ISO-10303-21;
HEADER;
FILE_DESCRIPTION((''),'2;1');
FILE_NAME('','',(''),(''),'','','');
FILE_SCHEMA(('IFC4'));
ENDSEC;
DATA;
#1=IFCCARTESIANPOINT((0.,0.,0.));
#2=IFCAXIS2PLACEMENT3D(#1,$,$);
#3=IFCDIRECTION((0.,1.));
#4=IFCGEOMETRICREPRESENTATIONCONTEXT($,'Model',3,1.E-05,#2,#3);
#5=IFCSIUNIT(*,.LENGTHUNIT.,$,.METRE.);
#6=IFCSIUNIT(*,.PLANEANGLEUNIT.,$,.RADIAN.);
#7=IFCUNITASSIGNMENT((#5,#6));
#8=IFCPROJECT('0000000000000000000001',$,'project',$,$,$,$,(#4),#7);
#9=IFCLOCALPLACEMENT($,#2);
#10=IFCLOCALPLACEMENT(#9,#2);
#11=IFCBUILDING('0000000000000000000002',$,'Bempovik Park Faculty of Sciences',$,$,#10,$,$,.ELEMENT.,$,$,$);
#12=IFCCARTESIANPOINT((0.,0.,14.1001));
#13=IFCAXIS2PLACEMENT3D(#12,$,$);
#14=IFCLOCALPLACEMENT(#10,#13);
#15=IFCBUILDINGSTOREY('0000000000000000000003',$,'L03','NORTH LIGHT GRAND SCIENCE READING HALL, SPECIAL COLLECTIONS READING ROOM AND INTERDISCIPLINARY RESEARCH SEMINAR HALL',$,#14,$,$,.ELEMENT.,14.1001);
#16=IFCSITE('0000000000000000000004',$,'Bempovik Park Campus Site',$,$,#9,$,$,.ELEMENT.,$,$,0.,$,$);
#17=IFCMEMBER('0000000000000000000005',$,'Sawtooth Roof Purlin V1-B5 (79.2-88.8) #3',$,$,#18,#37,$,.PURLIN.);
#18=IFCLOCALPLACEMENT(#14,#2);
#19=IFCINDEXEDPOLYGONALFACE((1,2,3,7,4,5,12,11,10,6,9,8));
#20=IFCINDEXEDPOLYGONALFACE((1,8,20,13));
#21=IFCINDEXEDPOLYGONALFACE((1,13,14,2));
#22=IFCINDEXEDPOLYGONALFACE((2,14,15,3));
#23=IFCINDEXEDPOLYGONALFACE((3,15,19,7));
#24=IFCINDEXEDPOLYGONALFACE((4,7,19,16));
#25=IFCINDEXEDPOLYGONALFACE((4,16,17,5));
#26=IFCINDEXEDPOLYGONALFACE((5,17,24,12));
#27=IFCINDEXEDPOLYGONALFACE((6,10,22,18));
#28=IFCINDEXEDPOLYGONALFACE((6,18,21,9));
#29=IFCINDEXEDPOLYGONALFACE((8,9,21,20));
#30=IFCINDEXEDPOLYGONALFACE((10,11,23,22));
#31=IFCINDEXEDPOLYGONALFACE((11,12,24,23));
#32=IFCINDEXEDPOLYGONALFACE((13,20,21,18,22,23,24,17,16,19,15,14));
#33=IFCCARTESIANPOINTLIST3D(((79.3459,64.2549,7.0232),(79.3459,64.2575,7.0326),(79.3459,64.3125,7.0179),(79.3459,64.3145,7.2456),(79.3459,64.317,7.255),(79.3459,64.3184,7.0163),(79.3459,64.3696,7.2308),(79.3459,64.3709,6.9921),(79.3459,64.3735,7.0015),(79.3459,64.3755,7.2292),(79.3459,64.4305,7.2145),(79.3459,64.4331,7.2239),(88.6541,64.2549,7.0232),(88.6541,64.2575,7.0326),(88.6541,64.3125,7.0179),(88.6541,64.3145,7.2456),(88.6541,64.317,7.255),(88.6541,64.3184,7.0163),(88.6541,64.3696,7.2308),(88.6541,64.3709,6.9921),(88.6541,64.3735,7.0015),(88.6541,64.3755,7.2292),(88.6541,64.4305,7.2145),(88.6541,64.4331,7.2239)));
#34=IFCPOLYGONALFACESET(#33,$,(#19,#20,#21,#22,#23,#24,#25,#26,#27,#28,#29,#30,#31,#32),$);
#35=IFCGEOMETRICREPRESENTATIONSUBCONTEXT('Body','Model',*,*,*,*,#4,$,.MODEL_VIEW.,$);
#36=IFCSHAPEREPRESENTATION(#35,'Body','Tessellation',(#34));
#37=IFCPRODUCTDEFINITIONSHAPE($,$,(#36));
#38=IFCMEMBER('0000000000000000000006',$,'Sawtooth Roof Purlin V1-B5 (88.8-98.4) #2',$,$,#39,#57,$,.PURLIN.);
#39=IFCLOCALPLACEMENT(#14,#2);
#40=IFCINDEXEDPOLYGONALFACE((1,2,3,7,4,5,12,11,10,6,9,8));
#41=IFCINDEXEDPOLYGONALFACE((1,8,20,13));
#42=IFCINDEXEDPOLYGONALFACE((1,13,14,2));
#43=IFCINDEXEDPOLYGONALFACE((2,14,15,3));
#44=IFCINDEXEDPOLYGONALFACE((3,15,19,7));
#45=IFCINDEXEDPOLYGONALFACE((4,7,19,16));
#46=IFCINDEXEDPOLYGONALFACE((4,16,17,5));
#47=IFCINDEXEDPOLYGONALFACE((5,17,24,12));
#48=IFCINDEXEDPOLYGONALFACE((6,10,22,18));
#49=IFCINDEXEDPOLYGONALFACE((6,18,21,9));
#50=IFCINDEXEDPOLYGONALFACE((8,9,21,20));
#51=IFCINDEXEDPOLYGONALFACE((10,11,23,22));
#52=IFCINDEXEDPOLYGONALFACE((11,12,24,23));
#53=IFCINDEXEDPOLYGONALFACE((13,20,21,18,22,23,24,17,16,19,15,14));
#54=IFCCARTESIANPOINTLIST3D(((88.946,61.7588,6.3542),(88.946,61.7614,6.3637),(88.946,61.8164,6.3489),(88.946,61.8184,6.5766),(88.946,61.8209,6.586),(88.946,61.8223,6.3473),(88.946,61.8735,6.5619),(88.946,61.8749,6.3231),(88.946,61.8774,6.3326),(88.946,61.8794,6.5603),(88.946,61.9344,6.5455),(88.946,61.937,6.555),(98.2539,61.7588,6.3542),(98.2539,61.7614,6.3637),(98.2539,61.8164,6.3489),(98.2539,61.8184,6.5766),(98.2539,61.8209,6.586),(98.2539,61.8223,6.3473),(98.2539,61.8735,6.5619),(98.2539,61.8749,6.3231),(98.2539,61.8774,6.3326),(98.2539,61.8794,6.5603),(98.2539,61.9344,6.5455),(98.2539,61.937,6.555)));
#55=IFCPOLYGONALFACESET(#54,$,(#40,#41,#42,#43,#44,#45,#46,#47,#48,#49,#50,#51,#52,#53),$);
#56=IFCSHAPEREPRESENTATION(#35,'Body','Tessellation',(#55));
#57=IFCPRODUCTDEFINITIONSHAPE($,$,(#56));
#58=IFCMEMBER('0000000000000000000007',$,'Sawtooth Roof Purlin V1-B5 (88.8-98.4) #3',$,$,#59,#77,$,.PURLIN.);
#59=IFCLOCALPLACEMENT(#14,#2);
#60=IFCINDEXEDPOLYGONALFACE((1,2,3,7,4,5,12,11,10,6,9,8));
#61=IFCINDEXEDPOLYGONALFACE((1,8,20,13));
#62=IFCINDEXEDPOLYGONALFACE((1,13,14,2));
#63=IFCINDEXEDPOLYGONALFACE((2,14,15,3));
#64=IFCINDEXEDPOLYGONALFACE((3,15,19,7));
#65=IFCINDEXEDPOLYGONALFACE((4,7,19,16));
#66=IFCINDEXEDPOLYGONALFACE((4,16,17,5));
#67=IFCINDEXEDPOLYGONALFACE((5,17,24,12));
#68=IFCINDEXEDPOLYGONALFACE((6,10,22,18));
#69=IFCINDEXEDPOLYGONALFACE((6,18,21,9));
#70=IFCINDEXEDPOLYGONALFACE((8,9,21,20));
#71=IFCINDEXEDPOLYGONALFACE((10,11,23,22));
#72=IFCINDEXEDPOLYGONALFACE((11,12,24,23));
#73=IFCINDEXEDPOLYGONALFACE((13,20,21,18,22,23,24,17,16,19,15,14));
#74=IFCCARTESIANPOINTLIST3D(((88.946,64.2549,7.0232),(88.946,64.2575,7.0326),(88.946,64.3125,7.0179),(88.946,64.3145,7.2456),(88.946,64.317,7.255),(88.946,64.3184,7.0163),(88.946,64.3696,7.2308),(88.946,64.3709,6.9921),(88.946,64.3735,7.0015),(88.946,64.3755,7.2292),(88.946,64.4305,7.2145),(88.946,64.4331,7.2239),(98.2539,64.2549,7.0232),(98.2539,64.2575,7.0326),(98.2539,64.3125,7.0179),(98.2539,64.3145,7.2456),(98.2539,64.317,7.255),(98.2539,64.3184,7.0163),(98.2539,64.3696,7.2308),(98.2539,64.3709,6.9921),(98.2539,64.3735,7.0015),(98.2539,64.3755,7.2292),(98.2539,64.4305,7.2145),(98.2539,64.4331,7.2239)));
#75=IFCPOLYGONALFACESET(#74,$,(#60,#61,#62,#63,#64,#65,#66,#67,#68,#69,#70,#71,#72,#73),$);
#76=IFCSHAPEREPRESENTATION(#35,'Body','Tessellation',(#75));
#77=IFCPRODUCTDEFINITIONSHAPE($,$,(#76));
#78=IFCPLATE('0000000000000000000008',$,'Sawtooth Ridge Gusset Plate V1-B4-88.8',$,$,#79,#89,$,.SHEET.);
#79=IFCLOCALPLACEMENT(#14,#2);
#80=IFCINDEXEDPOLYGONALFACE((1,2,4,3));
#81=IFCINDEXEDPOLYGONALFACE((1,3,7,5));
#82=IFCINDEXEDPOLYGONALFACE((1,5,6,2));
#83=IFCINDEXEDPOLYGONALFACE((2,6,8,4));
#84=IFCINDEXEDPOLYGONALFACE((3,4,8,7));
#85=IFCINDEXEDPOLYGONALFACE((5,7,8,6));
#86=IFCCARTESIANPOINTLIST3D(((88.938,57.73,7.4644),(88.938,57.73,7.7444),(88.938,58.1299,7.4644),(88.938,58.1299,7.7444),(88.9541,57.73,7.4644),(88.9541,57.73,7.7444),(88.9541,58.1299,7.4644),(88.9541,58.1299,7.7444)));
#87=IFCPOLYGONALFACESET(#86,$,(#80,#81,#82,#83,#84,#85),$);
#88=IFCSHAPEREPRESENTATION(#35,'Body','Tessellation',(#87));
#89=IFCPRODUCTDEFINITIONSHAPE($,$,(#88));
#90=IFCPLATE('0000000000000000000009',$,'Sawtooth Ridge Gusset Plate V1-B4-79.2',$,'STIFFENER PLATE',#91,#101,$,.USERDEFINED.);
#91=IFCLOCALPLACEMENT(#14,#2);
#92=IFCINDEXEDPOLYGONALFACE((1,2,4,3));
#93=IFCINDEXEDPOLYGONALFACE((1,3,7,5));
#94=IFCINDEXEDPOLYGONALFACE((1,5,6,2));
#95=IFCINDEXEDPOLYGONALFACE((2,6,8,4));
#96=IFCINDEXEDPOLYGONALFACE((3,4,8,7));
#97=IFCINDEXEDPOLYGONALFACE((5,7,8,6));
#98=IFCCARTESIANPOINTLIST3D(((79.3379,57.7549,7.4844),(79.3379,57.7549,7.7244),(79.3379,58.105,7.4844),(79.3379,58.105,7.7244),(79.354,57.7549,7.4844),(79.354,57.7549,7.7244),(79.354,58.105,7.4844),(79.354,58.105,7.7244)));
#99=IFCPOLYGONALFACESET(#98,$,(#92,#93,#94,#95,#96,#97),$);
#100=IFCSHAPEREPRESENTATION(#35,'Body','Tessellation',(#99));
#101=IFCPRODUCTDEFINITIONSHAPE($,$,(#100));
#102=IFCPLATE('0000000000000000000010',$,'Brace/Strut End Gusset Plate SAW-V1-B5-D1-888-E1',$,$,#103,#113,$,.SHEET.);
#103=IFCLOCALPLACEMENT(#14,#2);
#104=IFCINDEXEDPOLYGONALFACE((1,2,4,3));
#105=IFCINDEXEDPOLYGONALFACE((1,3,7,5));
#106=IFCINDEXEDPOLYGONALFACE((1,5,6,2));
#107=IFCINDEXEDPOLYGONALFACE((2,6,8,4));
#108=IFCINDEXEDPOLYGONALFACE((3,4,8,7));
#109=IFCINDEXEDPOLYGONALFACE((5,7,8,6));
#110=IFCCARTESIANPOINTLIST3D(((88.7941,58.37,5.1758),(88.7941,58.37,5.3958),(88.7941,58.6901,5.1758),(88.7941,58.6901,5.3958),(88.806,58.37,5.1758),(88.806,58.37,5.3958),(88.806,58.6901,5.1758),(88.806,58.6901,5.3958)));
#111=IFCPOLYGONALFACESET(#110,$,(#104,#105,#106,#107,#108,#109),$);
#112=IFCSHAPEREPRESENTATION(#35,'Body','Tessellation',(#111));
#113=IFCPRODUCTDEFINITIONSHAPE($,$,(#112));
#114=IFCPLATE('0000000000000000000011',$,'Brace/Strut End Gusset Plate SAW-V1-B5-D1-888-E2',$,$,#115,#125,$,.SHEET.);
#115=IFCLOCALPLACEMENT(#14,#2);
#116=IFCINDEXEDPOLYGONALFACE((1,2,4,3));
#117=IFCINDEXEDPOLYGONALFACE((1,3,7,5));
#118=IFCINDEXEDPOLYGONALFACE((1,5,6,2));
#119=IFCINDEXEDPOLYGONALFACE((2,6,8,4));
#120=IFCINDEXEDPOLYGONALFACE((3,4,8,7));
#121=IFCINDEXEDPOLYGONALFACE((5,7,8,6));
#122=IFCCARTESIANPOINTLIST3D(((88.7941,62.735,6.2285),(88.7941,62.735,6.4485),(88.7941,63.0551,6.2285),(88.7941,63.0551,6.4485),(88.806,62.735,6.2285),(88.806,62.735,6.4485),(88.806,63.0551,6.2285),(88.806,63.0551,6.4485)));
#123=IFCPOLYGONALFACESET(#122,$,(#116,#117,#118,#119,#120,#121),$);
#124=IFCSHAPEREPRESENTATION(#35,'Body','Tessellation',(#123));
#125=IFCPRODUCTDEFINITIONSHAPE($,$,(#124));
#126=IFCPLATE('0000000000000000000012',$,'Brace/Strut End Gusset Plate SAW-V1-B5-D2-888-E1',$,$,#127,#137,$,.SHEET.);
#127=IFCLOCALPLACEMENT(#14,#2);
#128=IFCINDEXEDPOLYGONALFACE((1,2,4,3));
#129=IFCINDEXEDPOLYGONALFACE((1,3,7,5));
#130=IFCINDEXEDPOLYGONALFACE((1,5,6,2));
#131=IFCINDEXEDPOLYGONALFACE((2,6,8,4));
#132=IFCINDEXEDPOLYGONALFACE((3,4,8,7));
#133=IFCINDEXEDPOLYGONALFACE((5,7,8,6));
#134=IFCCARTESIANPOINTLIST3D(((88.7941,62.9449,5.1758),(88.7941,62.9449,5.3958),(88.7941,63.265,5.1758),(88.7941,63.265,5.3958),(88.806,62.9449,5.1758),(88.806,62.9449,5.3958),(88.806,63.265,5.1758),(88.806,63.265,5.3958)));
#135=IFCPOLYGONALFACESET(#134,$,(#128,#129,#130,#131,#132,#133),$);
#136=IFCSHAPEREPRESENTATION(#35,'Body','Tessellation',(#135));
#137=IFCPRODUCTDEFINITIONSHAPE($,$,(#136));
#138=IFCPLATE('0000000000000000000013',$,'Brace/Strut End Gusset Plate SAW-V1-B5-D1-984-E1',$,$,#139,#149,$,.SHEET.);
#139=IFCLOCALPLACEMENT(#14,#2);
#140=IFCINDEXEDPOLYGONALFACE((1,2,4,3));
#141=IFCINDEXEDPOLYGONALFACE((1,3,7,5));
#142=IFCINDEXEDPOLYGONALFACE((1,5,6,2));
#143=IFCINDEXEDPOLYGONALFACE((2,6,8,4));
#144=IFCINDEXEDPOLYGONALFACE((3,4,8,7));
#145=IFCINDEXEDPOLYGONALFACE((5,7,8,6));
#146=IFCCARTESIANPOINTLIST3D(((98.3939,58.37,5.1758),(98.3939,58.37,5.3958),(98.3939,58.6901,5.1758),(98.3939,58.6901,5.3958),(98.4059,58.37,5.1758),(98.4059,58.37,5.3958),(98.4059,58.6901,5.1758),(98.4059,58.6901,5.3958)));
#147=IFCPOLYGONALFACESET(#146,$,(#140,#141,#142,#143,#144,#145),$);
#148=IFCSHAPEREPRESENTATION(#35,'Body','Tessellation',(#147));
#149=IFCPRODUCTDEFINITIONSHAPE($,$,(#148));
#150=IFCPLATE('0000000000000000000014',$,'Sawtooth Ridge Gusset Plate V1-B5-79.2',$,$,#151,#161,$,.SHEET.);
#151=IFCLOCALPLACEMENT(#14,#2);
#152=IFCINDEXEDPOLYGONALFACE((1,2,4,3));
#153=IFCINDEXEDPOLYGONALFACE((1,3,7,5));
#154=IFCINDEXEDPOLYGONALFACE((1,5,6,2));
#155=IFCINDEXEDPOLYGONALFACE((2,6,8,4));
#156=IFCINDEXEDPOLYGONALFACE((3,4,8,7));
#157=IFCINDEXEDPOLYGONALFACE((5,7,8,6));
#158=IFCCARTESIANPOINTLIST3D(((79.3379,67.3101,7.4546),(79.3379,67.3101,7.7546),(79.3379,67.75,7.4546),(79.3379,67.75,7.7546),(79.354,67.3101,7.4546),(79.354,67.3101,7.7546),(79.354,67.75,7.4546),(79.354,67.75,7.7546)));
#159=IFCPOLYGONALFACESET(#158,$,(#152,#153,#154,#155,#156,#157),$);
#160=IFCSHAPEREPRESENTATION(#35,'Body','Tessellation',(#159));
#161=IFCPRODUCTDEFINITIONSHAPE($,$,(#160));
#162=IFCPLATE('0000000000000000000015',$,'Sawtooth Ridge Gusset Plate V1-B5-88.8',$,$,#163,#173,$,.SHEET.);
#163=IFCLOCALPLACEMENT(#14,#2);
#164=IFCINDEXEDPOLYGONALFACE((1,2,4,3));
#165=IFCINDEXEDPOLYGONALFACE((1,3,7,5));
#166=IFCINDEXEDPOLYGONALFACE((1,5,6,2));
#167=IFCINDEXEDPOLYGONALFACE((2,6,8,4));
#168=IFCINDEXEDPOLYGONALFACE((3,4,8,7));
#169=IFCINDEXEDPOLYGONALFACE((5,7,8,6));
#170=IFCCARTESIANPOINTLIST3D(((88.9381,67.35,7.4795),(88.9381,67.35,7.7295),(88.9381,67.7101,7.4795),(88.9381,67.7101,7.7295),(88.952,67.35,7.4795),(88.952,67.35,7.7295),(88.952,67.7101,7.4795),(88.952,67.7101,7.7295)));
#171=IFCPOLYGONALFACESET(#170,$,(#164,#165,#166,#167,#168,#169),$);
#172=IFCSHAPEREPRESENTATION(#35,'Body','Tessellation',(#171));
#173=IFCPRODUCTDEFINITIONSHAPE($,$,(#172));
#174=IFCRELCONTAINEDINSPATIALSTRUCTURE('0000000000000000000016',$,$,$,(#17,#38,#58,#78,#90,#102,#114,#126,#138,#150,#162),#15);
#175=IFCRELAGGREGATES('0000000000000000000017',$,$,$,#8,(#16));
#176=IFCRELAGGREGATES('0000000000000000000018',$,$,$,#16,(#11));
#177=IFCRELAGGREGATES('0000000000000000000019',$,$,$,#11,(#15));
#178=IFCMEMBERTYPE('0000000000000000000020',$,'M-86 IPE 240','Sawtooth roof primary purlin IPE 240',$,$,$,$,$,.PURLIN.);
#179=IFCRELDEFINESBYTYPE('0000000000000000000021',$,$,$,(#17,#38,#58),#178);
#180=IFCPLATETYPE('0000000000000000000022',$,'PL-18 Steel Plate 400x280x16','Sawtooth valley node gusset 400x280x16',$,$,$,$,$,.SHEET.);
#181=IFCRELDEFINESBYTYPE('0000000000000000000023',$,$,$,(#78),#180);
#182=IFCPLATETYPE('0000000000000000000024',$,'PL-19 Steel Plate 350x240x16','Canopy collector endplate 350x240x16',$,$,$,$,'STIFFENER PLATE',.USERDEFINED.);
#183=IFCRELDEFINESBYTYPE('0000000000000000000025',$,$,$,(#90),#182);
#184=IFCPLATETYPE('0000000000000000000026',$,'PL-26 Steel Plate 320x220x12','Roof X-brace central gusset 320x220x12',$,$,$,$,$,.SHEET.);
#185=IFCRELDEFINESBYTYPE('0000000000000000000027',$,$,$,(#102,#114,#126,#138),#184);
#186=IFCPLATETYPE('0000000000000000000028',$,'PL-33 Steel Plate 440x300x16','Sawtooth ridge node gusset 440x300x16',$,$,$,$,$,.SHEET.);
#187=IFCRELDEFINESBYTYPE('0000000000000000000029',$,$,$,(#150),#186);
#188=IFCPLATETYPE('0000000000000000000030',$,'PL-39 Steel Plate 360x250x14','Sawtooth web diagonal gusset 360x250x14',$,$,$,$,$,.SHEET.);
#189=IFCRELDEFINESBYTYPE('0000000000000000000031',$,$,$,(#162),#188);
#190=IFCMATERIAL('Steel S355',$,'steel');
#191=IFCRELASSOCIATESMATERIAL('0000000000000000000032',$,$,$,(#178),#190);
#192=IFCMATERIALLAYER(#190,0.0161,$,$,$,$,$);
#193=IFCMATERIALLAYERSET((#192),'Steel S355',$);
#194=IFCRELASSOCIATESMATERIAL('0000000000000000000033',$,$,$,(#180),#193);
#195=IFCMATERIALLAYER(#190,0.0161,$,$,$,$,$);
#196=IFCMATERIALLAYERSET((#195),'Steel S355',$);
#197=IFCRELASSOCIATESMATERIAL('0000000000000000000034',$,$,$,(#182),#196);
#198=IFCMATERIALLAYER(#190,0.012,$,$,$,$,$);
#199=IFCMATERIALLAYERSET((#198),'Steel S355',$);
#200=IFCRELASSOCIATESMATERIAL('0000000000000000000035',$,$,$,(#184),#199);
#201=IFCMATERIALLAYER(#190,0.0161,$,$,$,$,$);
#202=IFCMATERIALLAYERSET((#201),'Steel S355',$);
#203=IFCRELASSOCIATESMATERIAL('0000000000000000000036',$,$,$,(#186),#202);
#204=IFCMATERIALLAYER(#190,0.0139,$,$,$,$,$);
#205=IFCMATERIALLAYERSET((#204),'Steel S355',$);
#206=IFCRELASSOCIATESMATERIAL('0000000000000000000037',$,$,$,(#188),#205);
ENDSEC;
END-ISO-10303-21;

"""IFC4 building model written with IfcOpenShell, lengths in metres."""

from ifc_helpers import new_model, si_unit, direction, frame, origin, origin_2d, place, context, subcontext, project, spatial, rectangle, i_section, extrude, material, layer, layer_set, material_profile, profile_set, type_object, element, save


model = new_model("IFC4")

# Units and contexts
model_context = context("Model", 3, precision=1e-05, world=origin(), true_north=direction((0.0, 1.0)))
body_context = subcontext(model_context, "Body", "Model", "MODEL_VIEW")
ifc_project = project(units=[si_unit("LENGTHUNIT", "METRE"), si_unit("PLANEANGLEUNIT", "RADIAN")], contexts=[model_context])

# Site, building, storey
site_placement = place(None, origin())
site = spatial("IfcSite", under=ifc_project, at=site_placement, Name="Bempovik Park Campus Site", CompositionType="ELEMENT", RefElevation=0.0)
building_placement = place(site_placement, origin())
building = spatial("IfcBuilding", under=site, at=building_placement, Name="Bempovik Park Faculty of Sciences", CompositionType="ELEMENT")
storey_placement = place(building_placement, frame((0.0, 0.0, 14.1001)))
storey = spatial("IfcBuildingStorey", under=building, at=storey_placement, Name="L03", Description="NORTH LIGHT GRAND SCIENCE READING HALL, SPECIAL COLLECTIONS READING ROOM AND INTERDISCIPLINARY RESEARCH SEMINAR HALL", CompositionType="ELEMENT", Elevation=14.1001)

# Shared definitions
ifc_material_1 = material(Name="Steel S355", Category="steel")

# Members
ifc_material_profile_1 = material_profile(ifc_material_1, i_section(OverallWidth=0.1201, OverallDepth=0.24, WebThickness=0.0061, FlangeThickness=0.0098, at=origin_2d()), Name="IPE 240")
ifc_profile_set_1 = profile_set([ifc_material_profile_1], Name="Steel S355")
member_type_1 = type_object("IfcMemberType", Name="M-86 IPE 240", Description="Sawtooth roof primary purlin IPE 240", PredefinedType="PURLIN", material=ifc_profile_set_1)
for number, where, z_axis, x_axis, name in (
    (1, (79.3459, 64.344, 7.1235), (1.0, 0.0, 0.0), (0.0, 0.965926, -0.258819), "Sawtooth Roof Purlin V1-B5 (79.2-88.8) #3"),
):
    element("IfcMember", number, at=place(storey_placement, frame(where, z_axis=z_axis, x_axis=x_axis)), inside=storey, type_object=member_type_1, Name=name, PredefinedType="PURLIN", context=body_context, shape_type="SweptSolid", body=[
        extrude(i_section(OverallWidth=0.1201, OverallDepth=0.24, WebThickness=0.0061, FlangeThickness=0.0098, at=origin_2d()), origin(), (0.0, 0.0, 1.0), 9.3081),
    ])
for number, where, z_axis, x_axis, name in (
    (2, (88.946, 61.8479, 6.4546), (1.0, 0.0, 0.0), (0.0, 0.965926, -0.258819), "Sawtooth Roof Purlin V1-B5 (88.8-98.4) #2"),
    (3, (88.946, 64.344, 7.1235), (1.0, 0.0, 0.0), (0.0, 0.965926, -0.258819), "Sawtooth Roof Purlin V1-B5 (88.8-98.4) #3"),
):
    element("IfcMember", number, at=place(storey_placement, frame(where, z_axis=z_axis, x_axis=x_axis)), inside=storey, type_object=member_type_1, Name=name, PredefinedType="PURLIN", context=body_context, shape_type="SweptSolid", body=[
        extrude(i_section(OverallWidth=0.1201, OverallDepth=0.24, WebThickness=0.0061, FlangeThickness=0.0098, at=origin_2d()), origin(), (0.0, 0.0, 1.0), 9.3079),
    ])

# Plates
ifc_layer_1 = layer(ifc_material_1, 0.0161)
ifc_layer_set_1 = layer_set([ifc_layer_1], Name="Steel S355")
plate_type_1 = type_object("IfcPlateType", Name="PL-18 Steel Plate 400x280x16", Description="Sawtooth valley node gusset 400x280x16", PredefinedType="SHEET", material=ifc_layer_set_1)
plate_1_placement = place(storey_placement, frame((88.946, 57.9299, 7.4644), z_axis=(0.0, 0.0, 1.0), x_axis=(1.0, 0.0, 0.0)))
element("IfcPlate", 4, at=plate_1_placement, inside=storey, type_object=plate_type_1, Name="Sawtooth Ridge Gusset Plate V1-B4-88.8", PredefinedType="SHEET", context=body_context, shape_type="SweptSolid", body=[
    extrude(rectangle(XDim=0.0161, YDim=0.3999, at=origin_2d()), origin(), (0.0, 0.0, 1.0), 0.28),
])
ifc_layer_2 = layer(ifc_material_1, 0.0161)
ifc_layer_set_2 = layer_set([ifc_layer_2], Name="Steel S355")
plate_type_2 = type_object("IfcPlateType", Name="PL-19 Steel Plate 350x240x16", Description="Canopy collector endplate 350x240x16", ElementType="STIFFENER PLATE", PredefinedType="USERDEFINED", material=ifc_layer_set_2)
plate_2_placement = place(storey_placement, frame((79.3459, 57.9299, 7.4844), z_axis=(0.0, 0.0, 1.0), x_axis=(1.0, 0.0, 0.0)))
element("IfcPlate", 5, at=plate_2_placement, inside=storey, type_object=plate_type_2, Name="Sawtooth Ridge Gusset Plate V1-B4-79.2", ObjectType="STIFFENER PLATE", PredefinedType="USERDEFINED", context=body_context, shape_type="SweptSolid", body=[
    extrude(rectangle(XDim=0.0161, YDim=0.3501, at=origin_2d()), origin(), (0.0, 0.0, 1.0), 0.24),
])
ifc_layer_3 = layer(ifc_material_1, 0.012)
ifc_layer_set_3 = layer_set([ifc_layer_3], Name="Steel S355")
plate_type_3 = type_object("IfcPlateType", Name="PL-26 Steel Plate 320x220x12", Description="Roof X-brace central gusset 320x220x12", PredefinedType="SHEET", material=ifc_layer_set_3)
for number, where, z_axis, x_axis, name in (
    (6, (88.8, 58.53, 5.1758), (0.0, 0.0, 1.0), (1.0, 0.0, 0.0), "Brace/Strut End Gusset Plate SAW-V1-B5-D1-888-E1"),
    (7, (88.8, 62.895, 6.2285), (0.0, 0.0, 1.0), (1.0, 0.0, 0.0), "Brace/Strut End Gusset Plate SAW-V1-B5-D1-888-E2"),
    (8, (88.8, 63.105, 5.1758), (0.0, 0.0, 1.0), (1.0, 0.0, 0.0), "Brace/Strut End Gusset Plate SAW-V1-B5-D2-888-E1"),
    (9, (98.3999, 58.53, 5.1758), (0.0, 0.0, 1.0), (1.0, 0.0, 0.0), "Brace/Strut End Gusset Plate SAW-V1-B5-D1-984-E1"),
):
    element("IfcPlate", number, at=place(storey_placement, frame(where, z_axis=z_axis, x_axis=x_axis)), inside=storey, type_object=plate_type_3, Name=name, PredefinedType="SHEET", context=body_context, shape_type="SweptSolid", body=[
        extrude(rectangle(XDim=0.012, YDim=0.3201, at=origin_2d()), origin(), (0.0, 0.0, 1.0), 0.22),
    ])
ifc_layer_4 = layer(ifc_material_1, 0.0161)
ifc_layer_set_4 = layer_set([ifc_layer_4], Name="Steel S355")
plate_type_4 = type_object("IfcPlateType", Name="PL-33 Steel Plate 440x300x16", Description="Sawtooth ridge node gusset 440x300x16", PredefinedType="SHEET", material=ifc_layer_set_4)
plate_3_placement = place(storey_placement, frame((79.3459, 67.53, 7.4546), z_axis=(0.0, 0.0, 1.0), x_axis=(1.0, 0.0, 0.0)))
element("IfcPlate", 10, at=plate_3_placement, inside=storey, type_object=plate_type_4, Name="Sawtooth Ridge Gusset Plate V1-B5-79.2", PredefinedType="SHEET", context=body_context, shape_type="SweptSolid", body=[
    extrude(rectangle(XDim=0.0161, YDim=0.4399, at=origin_2d()), origin(), (0.0, 0.0, 1.0), 0.3),
])
ifc_layer_5 = layer(ifc_material_1, 0.0139)
ifc_layer_set_5 = layer_set([ifc_layer_5], Name="Steel S355")
plate_type_5 = type_object("IfcPlateType", Name="PL-39 Steel Plate 360x250x14", Description="Sawtooth web diagonal gusset 360x250x14", PredefinedType="SHEET", material=ifc_layer_set_5)
plate_4_placement = place(storey_placement, frame((88.9451, 67.53, 7.4795), z_axis=(0.0, 0.0, 1.0), x_axis=(1.0, 0.0, 0.0)))
element("IfcPlate", 11, at=plate_4_placement, inside=storey, type_object=plate_type_5, Name="Sawtooth Ridge Gusset Plate V1-B5-88.8", PredefinedType="SHEET", context=body_context, shape_type="SweptSolid", body=[
    extrude(rectangle(XDim=0.0139, YDim=0.3601, at=origin_2d()), origin(), (0.0, 0.0, 1.0), 0.25),
])

save(model, "model.ifc")
